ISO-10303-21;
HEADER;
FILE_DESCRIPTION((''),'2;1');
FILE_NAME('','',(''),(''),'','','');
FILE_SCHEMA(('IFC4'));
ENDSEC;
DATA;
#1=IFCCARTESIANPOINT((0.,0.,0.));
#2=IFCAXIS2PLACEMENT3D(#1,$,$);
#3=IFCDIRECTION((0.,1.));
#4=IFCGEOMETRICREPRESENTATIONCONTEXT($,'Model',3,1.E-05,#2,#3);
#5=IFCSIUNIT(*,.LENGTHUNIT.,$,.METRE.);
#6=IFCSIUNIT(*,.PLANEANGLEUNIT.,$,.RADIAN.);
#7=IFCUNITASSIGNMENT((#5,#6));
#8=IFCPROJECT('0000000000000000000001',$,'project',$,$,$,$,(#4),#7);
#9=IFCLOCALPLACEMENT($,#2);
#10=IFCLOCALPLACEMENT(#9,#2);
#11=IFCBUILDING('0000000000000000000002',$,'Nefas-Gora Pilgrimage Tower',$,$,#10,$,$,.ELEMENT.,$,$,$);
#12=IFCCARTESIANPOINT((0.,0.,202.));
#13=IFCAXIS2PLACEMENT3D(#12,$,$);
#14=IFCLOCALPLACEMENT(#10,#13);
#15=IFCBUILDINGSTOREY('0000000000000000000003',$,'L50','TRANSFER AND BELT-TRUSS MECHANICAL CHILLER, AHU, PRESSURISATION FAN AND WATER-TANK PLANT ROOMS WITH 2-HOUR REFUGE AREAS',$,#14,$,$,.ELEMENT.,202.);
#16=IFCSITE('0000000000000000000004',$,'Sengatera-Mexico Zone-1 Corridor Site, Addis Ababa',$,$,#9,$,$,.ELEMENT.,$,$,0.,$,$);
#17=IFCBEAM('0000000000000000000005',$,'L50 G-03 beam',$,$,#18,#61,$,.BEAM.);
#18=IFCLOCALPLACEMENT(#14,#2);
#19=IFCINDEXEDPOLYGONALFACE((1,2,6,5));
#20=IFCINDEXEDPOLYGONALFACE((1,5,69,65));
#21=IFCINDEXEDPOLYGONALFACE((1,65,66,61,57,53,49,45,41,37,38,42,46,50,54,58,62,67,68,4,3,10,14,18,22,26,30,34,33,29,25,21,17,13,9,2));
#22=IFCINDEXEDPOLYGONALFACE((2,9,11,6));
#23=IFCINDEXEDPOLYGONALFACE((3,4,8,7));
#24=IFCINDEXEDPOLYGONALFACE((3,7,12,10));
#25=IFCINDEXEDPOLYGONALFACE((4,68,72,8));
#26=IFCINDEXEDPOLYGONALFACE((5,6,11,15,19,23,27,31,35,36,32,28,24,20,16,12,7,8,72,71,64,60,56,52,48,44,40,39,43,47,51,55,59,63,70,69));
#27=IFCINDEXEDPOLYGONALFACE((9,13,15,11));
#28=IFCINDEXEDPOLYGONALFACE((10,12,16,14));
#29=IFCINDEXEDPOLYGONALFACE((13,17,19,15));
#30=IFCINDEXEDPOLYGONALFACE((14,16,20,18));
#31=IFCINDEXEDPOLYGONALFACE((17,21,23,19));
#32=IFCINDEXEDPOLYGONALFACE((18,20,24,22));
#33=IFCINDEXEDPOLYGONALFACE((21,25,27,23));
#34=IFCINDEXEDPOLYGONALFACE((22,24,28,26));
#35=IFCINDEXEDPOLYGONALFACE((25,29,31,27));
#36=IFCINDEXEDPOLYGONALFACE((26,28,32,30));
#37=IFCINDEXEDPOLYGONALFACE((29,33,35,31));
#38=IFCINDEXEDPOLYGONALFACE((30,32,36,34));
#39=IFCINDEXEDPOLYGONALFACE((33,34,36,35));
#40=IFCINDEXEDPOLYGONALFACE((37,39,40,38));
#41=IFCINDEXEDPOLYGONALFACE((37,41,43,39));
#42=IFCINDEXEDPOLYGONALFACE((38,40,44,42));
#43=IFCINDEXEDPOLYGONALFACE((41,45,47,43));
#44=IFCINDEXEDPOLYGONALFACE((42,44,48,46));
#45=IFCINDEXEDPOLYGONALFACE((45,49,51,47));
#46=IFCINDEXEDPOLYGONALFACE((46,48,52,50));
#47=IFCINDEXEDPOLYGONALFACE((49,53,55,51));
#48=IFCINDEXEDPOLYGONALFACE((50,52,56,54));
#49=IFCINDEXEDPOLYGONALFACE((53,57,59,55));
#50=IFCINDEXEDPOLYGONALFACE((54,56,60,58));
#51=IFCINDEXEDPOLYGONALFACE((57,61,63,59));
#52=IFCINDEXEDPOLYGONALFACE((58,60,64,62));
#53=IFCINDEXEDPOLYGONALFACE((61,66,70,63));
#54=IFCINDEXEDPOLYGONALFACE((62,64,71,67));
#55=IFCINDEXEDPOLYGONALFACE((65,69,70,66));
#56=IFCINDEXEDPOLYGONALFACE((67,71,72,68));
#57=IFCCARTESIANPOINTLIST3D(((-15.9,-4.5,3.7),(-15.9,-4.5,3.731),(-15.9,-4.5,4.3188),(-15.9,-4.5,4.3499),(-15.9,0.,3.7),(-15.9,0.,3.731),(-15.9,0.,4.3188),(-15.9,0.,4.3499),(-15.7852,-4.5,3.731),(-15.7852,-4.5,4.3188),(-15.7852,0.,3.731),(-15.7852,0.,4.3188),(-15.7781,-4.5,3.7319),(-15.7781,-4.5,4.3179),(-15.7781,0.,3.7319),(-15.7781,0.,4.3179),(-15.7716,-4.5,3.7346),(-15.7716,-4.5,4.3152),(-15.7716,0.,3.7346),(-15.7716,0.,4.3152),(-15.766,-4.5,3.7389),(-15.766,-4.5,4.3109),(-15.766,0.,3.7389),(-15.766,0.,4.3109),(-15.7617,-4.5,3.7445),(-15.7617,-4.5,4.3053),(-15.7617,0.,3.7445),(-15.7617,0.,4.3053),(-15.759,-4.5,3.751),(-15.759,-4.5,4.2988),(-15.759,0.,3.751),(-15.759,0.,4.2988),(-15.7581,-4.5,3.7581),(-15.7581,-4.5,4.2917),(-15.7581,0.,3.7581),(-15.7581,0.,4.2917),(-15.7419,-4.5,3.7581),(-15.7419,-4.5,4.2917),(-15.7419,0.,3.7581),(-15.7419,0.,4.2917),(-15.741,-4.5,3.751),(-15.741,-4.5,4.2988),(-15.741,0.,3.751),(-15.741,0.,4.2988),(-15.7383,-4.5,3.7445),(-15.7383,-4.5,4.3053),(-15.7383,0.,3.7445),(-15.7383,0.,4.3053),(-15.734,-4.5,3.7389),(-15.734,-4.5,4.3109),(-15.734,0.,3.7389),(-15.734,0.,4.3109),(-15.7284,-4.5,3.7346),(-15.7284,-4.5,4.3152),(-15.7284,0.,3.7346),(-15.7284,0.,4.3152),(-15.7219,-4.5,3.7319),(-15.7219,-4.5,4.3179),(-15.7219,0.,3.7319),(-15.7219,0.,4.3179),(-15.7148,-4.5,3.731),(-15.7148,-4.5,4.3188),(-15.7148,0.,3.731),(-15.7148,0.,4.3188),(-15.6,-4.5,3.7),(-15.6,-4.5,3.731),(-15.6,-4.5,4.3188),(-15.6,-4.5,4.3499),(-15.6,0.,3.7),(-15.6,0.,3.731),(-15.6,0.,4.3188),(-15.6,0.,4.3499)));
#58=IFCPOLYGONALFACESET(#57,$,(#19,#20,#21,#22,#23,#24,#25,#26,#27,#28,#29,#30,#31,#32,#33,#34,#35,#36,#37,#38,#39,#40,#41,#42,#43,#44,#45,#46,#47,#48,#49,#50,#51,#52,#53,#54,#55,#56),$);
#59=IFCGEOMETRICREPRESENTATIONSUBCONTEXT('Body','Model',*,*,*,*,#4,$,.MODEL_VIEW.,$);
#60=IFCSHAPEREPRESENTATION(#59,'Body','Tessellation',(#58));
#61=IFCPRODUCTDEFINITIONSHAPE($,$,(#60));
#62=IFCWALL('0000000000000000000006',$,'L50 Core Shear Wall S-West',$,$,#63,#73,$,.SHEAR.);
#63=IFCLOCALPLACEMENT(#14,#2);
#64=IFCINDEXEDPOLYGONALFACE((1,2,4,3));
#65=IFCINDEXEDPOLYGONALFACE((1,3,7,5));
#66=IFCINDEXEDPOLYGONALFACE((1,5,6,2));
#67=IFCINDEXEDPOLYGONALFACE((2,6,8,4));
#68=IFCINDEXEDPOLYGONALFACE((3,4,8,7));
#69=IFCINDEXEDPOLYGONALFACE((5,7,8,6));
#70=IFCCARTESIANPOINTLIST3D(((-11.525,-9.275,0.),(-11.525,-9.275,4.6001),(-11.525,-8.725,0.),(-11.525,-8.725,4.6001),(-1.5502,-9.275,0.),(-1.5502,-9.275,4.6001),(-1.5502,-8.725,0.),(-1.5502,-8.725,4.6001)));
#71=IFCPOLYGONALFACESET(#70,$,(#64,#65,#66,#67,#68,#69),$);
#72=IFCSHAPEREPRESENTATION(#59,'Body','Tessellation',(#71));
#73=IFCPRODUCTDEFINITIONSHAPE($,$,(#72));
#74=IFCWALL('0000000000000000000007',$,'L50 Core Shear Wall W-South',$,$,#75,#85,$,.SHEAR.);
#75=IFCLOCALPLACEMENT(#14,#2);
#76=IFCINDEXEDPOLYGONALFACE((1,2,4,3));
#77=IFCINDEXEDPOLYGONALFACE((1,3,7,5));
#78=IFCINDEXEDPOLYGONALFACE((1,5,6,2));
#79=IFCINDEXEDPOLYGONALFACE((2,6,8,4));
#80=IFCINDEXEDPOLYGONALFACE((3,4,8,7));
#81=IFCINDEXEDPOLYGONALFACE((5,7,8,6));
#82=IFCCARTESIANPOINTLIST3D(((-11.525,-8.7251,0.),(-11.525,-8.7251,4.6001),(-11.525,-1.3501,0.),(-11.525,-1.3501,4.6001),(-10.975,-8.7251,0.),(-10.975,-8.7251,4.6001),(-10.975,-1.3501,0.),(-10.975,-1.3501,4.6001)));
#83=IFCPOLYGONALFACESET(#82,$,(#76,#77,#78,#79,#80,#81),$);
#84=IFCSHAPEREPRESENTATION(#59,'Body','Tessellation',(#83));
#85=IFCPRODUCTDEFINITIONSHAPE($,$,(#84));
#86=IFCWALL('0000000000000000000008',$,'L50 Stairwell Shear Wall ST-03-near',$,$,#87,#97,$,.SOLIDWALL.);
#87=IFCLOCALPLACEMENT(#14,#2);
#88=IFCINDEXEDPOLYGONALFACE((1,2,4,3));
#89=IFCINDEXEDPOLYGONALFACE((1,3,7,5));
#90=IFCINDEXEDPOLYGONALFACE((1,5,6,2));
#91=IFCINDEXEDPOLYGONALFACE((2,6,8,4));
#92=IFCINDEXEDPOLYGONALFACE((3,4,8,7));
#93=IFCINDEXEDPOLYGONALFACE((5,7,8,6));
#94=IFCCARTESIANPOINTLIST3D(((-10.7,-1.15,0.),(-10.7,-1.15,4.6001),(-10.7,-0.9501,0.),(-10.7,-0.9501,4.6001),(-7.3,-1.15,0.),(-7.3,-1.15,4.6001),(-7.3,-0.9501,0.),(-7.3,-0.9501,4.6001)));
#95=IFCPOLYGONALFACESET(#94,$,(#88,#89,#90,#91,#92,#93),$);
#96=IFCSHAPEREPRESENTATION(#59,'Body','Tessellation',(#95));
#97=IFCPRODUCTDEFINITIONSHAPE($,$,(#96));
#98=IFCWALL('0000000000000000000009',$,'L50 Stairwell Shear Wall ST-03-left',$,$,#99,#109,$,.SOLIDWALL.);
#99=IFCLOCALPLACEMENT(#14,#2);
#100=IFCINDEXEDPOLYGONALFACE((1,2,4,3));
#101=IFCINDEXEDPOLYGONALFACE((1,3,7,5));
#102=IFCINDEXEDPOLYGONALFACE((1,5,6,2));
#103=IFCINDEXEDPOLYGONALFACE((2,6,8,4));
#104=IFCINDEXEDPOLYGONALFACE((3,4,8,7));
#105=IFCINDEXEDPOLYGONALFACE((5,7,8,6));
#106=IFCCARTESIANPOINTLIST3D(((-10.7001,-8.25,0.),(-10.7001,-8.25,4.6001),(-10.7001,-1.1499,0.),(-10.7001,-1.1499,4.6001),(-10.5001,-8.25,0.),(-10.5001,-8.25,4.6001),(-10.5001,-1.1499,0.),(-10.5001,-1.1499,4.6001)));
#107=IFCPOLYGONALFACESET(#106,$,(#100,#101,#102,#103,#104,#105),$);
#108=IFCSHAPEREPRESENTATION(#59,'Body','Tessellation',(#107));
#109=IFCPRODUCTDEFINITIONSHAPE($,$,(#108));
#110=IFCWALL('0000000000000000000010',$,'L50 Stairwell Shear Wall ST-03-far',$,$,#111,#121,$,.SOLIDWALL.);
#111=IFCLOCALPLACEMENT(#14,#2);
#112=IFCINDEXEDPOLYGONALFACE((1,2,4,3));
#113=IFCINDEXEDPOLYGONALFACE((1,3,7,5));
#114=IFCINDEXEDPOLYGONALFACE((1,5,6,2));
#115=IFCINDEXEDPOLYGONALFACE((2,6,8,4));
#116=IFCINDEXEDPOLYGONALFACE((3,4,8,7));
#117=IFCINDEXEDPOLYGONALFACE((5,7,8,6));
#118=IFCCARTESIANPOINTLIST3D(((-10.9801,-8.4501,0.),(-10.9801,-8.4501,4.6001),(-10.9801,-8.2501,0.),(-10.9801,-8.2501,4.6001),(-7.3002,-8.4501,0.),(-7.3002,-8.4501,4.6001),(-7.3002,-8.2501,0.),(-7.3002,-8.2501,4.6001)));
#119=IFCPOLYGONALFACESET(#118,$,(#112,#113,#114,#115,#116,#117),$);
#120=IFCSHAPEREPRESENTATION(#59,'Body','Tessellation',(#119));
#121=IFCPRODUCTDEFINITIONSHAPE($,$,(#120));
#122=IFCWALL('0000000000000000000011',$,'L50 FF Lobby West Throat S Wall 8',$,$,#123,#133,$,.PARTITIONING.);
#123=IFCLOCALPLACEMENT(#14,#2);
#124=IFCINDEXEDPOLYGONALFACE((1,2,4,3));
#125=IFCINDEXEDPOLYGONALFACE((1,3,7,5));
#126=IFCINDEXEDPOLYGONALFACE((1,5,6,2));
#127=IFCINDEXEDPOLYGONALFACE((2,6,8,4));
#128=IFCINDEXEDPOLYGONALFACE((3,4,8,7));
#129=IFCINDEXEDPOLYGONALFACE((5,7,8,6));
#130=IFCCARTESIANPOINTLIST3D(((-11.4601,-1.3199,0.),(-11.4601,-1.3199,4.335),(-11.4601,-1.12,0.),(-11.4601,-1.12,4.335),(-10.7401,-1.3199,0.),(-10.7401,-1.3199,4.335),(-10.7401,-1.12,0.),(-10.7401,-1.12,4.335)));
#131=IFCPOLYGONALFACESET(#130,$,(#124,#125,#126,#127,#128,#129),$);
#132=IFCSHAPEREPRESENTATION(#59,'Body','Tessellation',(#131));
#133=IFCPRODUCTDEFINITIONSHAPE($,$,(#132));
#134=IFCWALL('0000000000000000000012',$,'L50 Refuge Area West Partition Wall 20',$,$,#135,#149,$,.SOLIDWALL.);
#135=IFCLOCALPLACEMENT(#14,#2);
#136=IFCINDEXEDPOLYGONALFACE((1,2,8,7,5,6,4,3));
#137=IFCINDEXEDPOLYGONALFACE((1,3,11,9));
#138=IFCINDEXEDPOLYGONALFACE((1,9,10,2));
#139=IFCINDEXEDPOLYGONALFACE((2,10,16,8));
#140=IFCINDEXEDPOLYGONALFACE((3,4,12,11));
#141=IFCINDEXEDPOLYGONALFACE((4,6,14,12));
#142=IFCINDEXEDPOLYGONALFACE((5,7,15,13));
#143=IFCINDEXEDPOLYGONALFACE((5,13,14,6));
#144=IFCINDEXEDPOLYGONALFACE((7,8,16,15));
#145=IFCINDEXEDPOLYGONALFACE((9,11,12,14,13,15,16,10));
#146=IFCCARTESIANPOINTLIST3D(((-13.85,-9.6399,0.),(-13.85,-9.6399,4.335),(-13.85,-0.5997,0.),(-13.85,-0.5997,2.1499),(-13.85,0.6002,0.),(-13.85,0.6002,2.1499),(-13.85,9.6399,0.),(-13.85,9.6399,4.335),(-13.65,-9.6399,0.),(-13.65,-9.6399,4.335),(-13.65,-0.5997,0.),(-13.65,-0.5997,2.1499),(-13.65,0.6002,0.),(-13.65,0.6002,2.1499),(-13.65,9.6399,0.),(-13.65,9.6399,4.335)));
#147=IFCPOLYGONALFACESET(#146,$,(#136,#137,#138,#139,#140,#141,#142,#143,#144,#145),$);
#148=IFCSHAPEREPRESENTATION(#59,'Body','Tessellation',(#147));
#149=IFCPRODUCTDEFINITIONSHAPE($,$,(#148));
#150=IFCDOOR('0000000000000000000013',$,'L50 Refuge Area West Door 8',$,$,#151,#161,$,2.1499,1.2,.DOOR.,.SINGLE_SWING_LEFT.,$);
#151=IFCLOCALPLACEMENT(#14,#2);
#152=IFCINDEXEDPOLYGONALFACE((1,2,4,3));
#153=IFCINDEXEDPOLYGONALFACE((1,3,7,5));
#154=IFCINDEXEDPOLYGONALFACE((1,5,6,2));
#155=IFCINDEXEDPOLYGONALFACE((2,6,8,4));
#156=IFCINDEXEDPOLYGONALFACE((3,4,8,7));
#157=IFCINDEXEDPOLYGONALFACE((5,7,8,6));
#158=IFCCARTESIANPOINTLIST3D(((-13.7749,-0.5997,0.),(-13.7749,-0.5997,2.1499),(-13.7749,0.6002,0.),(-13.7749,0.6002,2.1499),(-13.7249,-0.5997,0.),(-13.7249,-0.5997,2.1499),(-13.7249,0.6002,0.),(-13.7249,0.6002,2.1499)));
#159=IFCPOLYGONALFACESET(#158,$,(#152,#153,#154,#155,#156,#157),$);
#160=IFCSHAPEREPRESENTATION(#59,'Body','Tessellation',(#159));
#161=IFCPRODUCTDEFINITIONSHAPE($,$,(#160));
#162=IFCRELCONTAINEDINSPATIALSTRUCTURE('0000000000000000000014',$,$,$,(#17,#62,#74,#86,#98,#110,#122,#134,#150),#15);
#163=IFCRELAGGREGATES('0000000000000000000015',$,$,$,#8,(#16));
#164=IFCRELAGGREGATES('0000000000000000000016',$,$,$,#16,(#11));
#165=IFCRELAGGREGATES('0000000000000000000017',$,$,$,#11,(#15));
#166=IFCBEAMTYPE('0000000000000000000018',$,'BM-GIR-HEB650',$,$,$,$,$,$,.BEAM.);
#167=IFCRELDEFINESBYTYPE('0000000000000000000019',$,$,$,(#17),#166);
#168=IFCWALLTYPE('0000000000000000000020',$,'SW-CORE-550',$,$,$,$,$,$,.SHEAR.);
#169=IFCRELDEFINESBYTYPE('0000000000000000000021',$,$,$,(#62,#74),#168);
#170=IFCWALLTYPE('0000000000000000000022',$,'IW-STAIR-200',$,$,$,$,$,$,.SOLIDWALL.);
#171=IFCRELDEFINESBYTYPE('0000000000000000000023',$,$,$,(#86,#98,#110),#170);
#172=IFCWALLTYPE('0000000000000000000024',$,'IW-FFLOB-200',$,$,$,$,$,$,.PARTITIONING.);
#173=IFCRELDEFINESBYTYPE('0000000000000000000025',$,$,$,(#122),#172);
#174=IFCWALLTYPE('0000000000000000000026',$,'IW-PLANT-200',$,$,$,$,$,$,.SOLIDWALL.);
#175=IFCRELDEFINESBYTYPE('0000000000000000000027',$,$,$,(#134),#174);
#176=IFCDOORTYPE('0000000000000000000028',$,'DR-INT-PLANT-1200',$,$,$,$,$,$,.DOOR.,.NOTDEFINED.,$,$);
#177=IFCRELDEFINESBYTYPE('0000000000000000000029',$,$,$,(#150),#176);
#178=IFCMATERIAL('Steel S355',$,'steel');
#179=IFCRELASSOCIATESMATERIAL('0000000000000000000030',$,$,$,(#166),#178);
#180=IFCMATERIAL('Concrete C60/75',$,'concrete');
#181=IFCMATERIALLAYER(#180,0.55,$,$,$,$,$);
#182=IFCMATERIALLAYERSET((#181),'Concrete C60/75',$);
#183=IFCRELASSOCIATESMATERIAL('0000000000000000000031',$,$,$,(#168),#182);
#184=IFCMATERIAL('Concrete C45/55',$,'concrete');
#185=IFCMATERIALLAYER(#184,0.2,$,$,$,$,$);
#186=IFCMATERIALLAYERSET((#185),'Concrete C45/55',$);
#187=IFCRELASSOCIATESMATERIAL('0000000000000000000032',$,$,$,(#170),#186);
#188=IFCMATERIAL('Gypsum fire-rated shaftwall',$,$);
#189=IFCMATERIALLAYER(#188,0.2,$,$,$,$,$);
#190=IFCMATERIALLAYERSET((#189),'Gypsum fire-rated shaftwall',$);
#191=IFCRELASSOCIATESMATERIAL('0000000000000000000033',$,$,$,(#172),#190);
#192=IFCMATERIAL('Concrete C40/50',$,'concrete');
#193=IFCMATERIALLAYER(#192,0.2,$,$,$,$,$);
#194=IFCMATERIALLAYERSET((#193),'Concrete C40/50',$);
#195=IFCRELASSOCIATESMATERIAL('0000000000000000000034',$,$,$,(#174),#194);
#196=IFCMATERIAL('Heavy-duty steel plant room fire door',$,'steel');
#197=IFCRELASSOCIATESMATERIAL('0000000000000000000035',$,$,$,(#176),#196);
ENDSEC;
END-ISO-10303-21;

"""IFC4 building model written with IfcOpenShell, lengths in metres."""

from ifc_helpers import new_model, si_unit, direction, frame, frame_2d, origin, origin_2d, place, context, subcontext, project, spatial, rectangle, i_section, extrude, source, transform, mapped, material, layer, layer_set, material_profile, profile_set, type_object, element, fill, save


model = new_model("IFC4")

# Units and contexts
model_context = context("Model", 3, precision=1e-05, world=origin(), true_north=direction((0.0, 1.0)))
body_context = subcontext(model_context, "Body", "Model", "MODEL_VIEW")
ifc_project = project(units=[si_unit("LENGTHUNIT", "METRE"), si_unit("PLANEANGLEUNIT", "RADIAN")], contexts=[model_context])

# Site, building, storey
site_placement = place(None, origin())
site = spatial("IfcSite", under=ifc_project, at=site_placement, Name="Sengatera-Mexico Zone-1 Corridor Site, Addis Ababa", CompositionType="ELEMENT", RefElevation=0.0)
building_placement = place(site_placement, origin())
building = spatial("IfcBuilding", under=site, at=building_placement, Name="Nefas-Gora Pilgrimage Tower", CompositionType="ELEMENT")
storey_placement = place(building_placement, frame((0.0, 0.0, 202.0)))
storey = spatial("IfcBuildingStorey", under=building, at=storey_placement, Name="L50", Description="TRANSFER AND BELT-TRUSS MECHANICAL CHILLER, AHU, PRESSURISATION FAN AND WATER-TANK PLANT ROOMS WITH 2-HOUR REFUGE AREAS", CompositionType="ELEMENT", Elevation=202.0)

# Beam
ifc_material_1 = material(Name="Concrete C60/75", Category="concrete")
ifc_material_2 = material(Name="Steel S355", Category="steel")
ifc_material_profile_1 = material_profile(ifc_material_2, i_section(OverallWidth=0.3, OverallDepth=0.6499, WebThickness=0.0161, FlangeThickness=0.031, FilletRadius=0.0271, at=origin_2d()), Name="HEB 650")
ifc_profile_set_1 = profile_set([ifc_material_profile_1], Name="Steel S355")
beam_type_1 = type_object("IfcBeamType", Name="BM-GIR-HEB650", PredefinedType="BEAM", material=ifc_profile_set_1)
shared_shape_1 = source(origin(), body_context, "Body", "SweptSolid", [
    extrude(i_section(OverallWidth=0.3, OverallDepth=0.6499, WebThickness=0.0161, FlangeThickness=0.031, FilletRadius=0.0271, at=origin_2d()), origin(), (0.0, 0.0, 1.0), 4.5),
])
for number, where, z_axis, x_axis, name in (
    (1, (-15.75, -4.5, 4.0249), (0.0, 1.0, 0.0), (-1.0, 0.0, 0.0), "L50 G-03 beam"),
):
    element("IfcBeam", number, at=place(storey_placement, frame(where, z_axis=z_axis, x_axis=x_axis)), inside=storey, type_object=beam_type_1, Name=name, PredefinedType="BEAM", context=body_context, shape_type="MappedRepresentation", body=[
        mapped(shared_shape_1, transform((0.0, 0.0, 0.0), x_axis=(1.0, 0.0, 0.0), y_axis=(0.0, 1.0, 0.0), z_axis=(0.0, 0.0, 1.0), scale=1.0)),
    ])

# Walls
ifc_layer_1 = layer(ifc_material_1, 0.55)
ifc_layer_set_1 = layer_set([ifc_layer_1], Name="Concrete C60/75")
wall_type_1 = type_object("IfcWallType", Name="SW-CORE-550", PredefinedType="SHEAR", material=ifc_layer_set_1)
shared_shape_2 = source(origin(), body_context, "Body", "SweptSolid", [
    extrude(rectangle(XDim=9.9749, YDim=0.55, at=frame_2d((4.9873, 0.0))), origin(), (0.0, 0.0, 1.0), 4.6001),
])
wall_1_placement = place(storey_placement, frame((-11.5249, -9.0, 0.0), z_axis=(0.0, 0.0, 1.0), x_axis=(1.0, 0.0, 0.0)))
element("IfcWall", 2, at=wall_1_placement, inside=storey, type_object=wall_type_1, Name="L50 Core Shear Wall S-West", PredefinedType="SHEAR", context=body_context, shape_type="MappedRepresentation", body=[
    mapped(shared_shape_2, transform((0.0, 0.0, 0.0), x_axis=(1.0, 0.0, 0.0), y_axis=(0.0, 1.0, 0.0), z_axis=(0.0, 0.0, 1.0), scale=1.0)),
])
shared_shape_3 = source(origin(), body_context, "Body", "SweptSolid", [
    extrude(rectangle(XDim=7.375, YDim=0.55, at=frame_2d((3.6875, 0.0))), origin(), (0.0, 0.0, 1.0), 4.6001),
])
wall_2_placement = place(storey_placement, frame((-11.25, -8.7251, 0.0), z_axis=(0.0, 0.0, 1.0), x_axis=(0.0, 1.0, 0.0)))
element("IfcWall", 3, at=wall_2_placement, inside=storey, type_object=wall_type_1, Name="L50 Core Shear Wall W-South", PredefinedType="SHEAR", context=body_context, shape_type="MappedRepresentation", body=[
    mapped(shared_shape_3, transform((0.0, 0.0, 0.0), x_axis=(1.0, 0.0, 0.0), y_axis=(0.0, 1.0, 0.0), z_axis=(0.0, 0.0, 1.0), scale=1.0)),
])
ifc_material_3 = material(Name="Concrete C45/55", Category="concrete")
ifc_layer_2 = layer(ifc_material_3, 0.2)
ifc_layer_set_2 = layer_set([ifc_layer_2], Name="Concrete C45/55")
wall_type_2 = type_object("IfcWallType", Name="IW-STAIR-200", PredefinedType="SOLIDWALL", material=ifc_layer_set_2)
shared_shape_4 = source(origin(), body_context, "Body", "SweptSolid", [
    extrude(rectangle(XDim=3.3999, YDim=0.2, at=frame_2d((1.7, 0.0))), origin(), (0.0, 0.0, 1.0), 4.6001),
])
wall_3_placement = place(storey_placement, frame((-10.7, -1.05, 0.0), z_axis=(0.0, 0.0, 1.0), x_axis=(1.0, 0.0, 0.0)))
element("IfcWall", 4, at=wall_3_placement, inside=storey, type_object=wall_type_2, Name="L50 Stairwell Shear Wall ST-03-near", PredefinedType="SOLIDWALL", context=body_context, shape_type="MappedRepresentation", body=[
    mapped(shared_shape_4, transform((0.0, 0.0, 0.0), x_axis=(1.0, 0.0, 0.0), y_axis=(0.0, 1.0, 0.0), z_axis=(0.0, 0.0, 1.0), scale=1.0)),
])
shared_shape_5 = source(origin(), body_context, "Body", "SweptSolid", [
    extrude(rectangle(XDim=7.1001, YDim=0.2, at=frame_2d((3.55, 0.0))), origin(), (0.0, 0.0, 1.0), 4.6001),
])
wall_4_placement = place(storey_placement, frame((-10.6001, -1.1499, 0.0), z_axis=(0.0, 0.0, 1.0), x_axis=(0.0, -1.0, 0.0)))
element("IfcWall", 5, at=wall_4_placement, inside=storey, type_object=wall_type_2, Name="L50 Stairwell Shear Wall ST-03-left", PredefinedType="SOLIDWALL", context=body_context, shape_type="MappedRepresentation", body=[
    mapped(shared_shape_5, transform((0.0, 0.0, 0.0), x_axis=(1.0, 0.0, 0.0), y_axis=(0.0, 1.0, 0.0), z_axis=(0.0, 0.0, 1.0), scale=1.0)),
])
shared_shape_6 = source(origin(), body_context, "Body", "SweptSolid", [
    extrude(rectangle(XDim=3.6799, YDim=0.2, at=frame_2d((1.8398, 0.0))), origin(), (0.0, 0.0, 1.0), 4.6001),
])
wall_5_placement = place(storey_placement, frame((-10.98, -8.3501, 0.0), z_axis=(0.0, 0.0, 1.0), x_axis=(1.0, 0.0, 0.0)))
element("IfcWall", 6, at=wall_5_placement, inside=storey, type_object=wall_type_2, Name="L50 Stairwell Shear Wall ST-03-far", PredefinedType="SOLIDWALL", context=body_context, shape_type="MappedRepresentation", body=[
    mapped(shared_shape_6, transform((0.0, 0.0, 0.0), x_axis=(1.0, 0.0, 0.0), y_axis=(0.0, 1.0, 0.0), z_axis=(0.0, 0.0, 1.0), scale=1.0)),
])

# Shared definitions
ifc_material_4 = material(Name="Gypsum fire-rated shaftwall")
ifc_layer_3 = layer(ifc_material_4, 0.2)
ifc_layer_set_3 = layer_set([ifc_layer_3], Name="Gypsum fire-rated shaftwall")
wall_type_3 = type_object("IfcWallType", Name="IW-FFLOB-200", PredefinedType="PARTITIONING", material=ifc_layer_set_3)
shared_shape_7 = source(origin(), body_context, "Body", "SweptSolid", [
    extrude(rectangle(XDim=1.2, YDim=2.1499, at=frame_2d((0.6001, 1.075))), frame((0.0, 0.0249, 0.0), z_axis=(0.0, -1.0, 0.0), x_axis=(1.0, 0.0, 0.0)), (0.0, 0.0, 1.0), 0.05),
])

# Wall
shared_shape_8 = source(origin(), body_context, "Body", "SweptSolid", [
    extrude(rectangle(XDim=0.72, YDim=0.2, at=frame_2d((0.3599, 0.0))), origin(), (0.0, 0.0, 1.0), 4.335),
])
wall_6_placement = place(storey_placement, frame((-11.46, -1.22, 0.0), z_axis=(0.0, 0.0, 1.0), x_axis=(1.0, 0.0, 0.0)))
element("IfcWall", 7, at=wall_6_placement, inside=storey, type_object=wall_type_3, Name="L50 FF Lobby West Throat S Wall 8", PredefinedType="PARTITIONING", context=body_context, shape_type="MappedRepresentation", body=[
    mapped(shared_shape_8, transform((0.0, 0.0, 0.0), x_axis=(1.0, 0.0, 0.0), y_axis=(0.0, 1.0, 0.0), z_axis=(0.0, 0.0, 1.0), scale=1.0)),
])

# Wall, opening, door
ifc_material_5 = material(Name="Concrete C40/50", Category="concrete")
ifc_layer_4 = layer(ifc_material_5, 0.2)
ifc_layer_set_4 = layer_set([ifc_layer_4], Name="Concrete C40/50")
wall_type_4 = type_object("IfcWallType", Name="IW-PLANT-200", PredefinedType="SOLIDWALL", material=ifc_layer_set_4)
shared_shape_9 = source(origin(), body_context, "Body", "SweptSolid", [
    extrude(rectangle(XDim=19.2798, YDim=0.2, at=frame_2d((9.6399, 0.0))), origin(), (0.0, 0.0, 1.0), 4.335),
])
wall_7_placement = place(storey_placement, frame((-13.75, -9.6399, 0.0), z_axis=(0.0, 0.0, 1.0), x_axis=(0.0, 1.0, 0.0)))
wall_7 = element("IfcWall", 8, at=wall_7_placement, inside=storey, type_object=wall_type_4, Name="L50 Refuge Area West Partition Wall 20", PredefinedType="SOLIDWALL", context=body_context, shape_type="MappedRepresentation", body=[
    mapped(shared_shape_9, transform((0.0, 0.0, 0.0), x_axis=(1.0, 0.0, 0.0), y_axis=(0.0, 1.0, 0.0), z_axis=(0.0, 0.0, 1.0), scale=1.0)),
])
opening_1_placement = place(wall_7_placement, frame((9.04, 0.0, 0.0)))
opening_1 = element("IfcOpeningElement", 9, at=opening_1_placement, cuts=wall_7, PredefinedType="OPENING", context=body_context, shape_type="SweptSolid", body=[
    extrude(rectangle(XDim=1.2, YDim=2.1499, at=frame_2d((0.6001, 1.075))), frame((0.0, 0.1099, 0.0), z_axis=(0.0, -1.0, 0.0), x_axis=(1.0, 0.0, 0.0)), (0.0, 0.0, 1.0), 0.22),
])
ifc_material_6 = material(Name="Heavy-duty steel plant room fire door", Category="steel")
door_type_1 = type_object("IfcDoorType", Name="DR-INT-PLANT-1200", OperationType="NOTDEFINED", PredefinedType="DOOR", material=ifc_material_6)
door_1_placement = place(opening_1_placement, origin())
door_1 = element("IfcDoor", 10, at=door_1_placement, inside=storey, type_object=door_type_1, Name="L50 Refuge Area West Door 8", OperationType="SINGLE_SWING_LEFT", OverallHeight=2.1499, OverallWidth=1.2, PredefinedType="DOOR", context=body_context, shape_type="MappedRepresentation", body=[
    mapped(shared_shape_7, transform((0.0, 0.0, 0.0), x_axis=(1.0, 0.0, 0.0), y_axis=(0.0, 1.0, 0.0), z_axis=(0.0, 0.0, 1.0), scale=1.0)),
])
fill(opening_1, door_1)

save(model, "model.ifc")
